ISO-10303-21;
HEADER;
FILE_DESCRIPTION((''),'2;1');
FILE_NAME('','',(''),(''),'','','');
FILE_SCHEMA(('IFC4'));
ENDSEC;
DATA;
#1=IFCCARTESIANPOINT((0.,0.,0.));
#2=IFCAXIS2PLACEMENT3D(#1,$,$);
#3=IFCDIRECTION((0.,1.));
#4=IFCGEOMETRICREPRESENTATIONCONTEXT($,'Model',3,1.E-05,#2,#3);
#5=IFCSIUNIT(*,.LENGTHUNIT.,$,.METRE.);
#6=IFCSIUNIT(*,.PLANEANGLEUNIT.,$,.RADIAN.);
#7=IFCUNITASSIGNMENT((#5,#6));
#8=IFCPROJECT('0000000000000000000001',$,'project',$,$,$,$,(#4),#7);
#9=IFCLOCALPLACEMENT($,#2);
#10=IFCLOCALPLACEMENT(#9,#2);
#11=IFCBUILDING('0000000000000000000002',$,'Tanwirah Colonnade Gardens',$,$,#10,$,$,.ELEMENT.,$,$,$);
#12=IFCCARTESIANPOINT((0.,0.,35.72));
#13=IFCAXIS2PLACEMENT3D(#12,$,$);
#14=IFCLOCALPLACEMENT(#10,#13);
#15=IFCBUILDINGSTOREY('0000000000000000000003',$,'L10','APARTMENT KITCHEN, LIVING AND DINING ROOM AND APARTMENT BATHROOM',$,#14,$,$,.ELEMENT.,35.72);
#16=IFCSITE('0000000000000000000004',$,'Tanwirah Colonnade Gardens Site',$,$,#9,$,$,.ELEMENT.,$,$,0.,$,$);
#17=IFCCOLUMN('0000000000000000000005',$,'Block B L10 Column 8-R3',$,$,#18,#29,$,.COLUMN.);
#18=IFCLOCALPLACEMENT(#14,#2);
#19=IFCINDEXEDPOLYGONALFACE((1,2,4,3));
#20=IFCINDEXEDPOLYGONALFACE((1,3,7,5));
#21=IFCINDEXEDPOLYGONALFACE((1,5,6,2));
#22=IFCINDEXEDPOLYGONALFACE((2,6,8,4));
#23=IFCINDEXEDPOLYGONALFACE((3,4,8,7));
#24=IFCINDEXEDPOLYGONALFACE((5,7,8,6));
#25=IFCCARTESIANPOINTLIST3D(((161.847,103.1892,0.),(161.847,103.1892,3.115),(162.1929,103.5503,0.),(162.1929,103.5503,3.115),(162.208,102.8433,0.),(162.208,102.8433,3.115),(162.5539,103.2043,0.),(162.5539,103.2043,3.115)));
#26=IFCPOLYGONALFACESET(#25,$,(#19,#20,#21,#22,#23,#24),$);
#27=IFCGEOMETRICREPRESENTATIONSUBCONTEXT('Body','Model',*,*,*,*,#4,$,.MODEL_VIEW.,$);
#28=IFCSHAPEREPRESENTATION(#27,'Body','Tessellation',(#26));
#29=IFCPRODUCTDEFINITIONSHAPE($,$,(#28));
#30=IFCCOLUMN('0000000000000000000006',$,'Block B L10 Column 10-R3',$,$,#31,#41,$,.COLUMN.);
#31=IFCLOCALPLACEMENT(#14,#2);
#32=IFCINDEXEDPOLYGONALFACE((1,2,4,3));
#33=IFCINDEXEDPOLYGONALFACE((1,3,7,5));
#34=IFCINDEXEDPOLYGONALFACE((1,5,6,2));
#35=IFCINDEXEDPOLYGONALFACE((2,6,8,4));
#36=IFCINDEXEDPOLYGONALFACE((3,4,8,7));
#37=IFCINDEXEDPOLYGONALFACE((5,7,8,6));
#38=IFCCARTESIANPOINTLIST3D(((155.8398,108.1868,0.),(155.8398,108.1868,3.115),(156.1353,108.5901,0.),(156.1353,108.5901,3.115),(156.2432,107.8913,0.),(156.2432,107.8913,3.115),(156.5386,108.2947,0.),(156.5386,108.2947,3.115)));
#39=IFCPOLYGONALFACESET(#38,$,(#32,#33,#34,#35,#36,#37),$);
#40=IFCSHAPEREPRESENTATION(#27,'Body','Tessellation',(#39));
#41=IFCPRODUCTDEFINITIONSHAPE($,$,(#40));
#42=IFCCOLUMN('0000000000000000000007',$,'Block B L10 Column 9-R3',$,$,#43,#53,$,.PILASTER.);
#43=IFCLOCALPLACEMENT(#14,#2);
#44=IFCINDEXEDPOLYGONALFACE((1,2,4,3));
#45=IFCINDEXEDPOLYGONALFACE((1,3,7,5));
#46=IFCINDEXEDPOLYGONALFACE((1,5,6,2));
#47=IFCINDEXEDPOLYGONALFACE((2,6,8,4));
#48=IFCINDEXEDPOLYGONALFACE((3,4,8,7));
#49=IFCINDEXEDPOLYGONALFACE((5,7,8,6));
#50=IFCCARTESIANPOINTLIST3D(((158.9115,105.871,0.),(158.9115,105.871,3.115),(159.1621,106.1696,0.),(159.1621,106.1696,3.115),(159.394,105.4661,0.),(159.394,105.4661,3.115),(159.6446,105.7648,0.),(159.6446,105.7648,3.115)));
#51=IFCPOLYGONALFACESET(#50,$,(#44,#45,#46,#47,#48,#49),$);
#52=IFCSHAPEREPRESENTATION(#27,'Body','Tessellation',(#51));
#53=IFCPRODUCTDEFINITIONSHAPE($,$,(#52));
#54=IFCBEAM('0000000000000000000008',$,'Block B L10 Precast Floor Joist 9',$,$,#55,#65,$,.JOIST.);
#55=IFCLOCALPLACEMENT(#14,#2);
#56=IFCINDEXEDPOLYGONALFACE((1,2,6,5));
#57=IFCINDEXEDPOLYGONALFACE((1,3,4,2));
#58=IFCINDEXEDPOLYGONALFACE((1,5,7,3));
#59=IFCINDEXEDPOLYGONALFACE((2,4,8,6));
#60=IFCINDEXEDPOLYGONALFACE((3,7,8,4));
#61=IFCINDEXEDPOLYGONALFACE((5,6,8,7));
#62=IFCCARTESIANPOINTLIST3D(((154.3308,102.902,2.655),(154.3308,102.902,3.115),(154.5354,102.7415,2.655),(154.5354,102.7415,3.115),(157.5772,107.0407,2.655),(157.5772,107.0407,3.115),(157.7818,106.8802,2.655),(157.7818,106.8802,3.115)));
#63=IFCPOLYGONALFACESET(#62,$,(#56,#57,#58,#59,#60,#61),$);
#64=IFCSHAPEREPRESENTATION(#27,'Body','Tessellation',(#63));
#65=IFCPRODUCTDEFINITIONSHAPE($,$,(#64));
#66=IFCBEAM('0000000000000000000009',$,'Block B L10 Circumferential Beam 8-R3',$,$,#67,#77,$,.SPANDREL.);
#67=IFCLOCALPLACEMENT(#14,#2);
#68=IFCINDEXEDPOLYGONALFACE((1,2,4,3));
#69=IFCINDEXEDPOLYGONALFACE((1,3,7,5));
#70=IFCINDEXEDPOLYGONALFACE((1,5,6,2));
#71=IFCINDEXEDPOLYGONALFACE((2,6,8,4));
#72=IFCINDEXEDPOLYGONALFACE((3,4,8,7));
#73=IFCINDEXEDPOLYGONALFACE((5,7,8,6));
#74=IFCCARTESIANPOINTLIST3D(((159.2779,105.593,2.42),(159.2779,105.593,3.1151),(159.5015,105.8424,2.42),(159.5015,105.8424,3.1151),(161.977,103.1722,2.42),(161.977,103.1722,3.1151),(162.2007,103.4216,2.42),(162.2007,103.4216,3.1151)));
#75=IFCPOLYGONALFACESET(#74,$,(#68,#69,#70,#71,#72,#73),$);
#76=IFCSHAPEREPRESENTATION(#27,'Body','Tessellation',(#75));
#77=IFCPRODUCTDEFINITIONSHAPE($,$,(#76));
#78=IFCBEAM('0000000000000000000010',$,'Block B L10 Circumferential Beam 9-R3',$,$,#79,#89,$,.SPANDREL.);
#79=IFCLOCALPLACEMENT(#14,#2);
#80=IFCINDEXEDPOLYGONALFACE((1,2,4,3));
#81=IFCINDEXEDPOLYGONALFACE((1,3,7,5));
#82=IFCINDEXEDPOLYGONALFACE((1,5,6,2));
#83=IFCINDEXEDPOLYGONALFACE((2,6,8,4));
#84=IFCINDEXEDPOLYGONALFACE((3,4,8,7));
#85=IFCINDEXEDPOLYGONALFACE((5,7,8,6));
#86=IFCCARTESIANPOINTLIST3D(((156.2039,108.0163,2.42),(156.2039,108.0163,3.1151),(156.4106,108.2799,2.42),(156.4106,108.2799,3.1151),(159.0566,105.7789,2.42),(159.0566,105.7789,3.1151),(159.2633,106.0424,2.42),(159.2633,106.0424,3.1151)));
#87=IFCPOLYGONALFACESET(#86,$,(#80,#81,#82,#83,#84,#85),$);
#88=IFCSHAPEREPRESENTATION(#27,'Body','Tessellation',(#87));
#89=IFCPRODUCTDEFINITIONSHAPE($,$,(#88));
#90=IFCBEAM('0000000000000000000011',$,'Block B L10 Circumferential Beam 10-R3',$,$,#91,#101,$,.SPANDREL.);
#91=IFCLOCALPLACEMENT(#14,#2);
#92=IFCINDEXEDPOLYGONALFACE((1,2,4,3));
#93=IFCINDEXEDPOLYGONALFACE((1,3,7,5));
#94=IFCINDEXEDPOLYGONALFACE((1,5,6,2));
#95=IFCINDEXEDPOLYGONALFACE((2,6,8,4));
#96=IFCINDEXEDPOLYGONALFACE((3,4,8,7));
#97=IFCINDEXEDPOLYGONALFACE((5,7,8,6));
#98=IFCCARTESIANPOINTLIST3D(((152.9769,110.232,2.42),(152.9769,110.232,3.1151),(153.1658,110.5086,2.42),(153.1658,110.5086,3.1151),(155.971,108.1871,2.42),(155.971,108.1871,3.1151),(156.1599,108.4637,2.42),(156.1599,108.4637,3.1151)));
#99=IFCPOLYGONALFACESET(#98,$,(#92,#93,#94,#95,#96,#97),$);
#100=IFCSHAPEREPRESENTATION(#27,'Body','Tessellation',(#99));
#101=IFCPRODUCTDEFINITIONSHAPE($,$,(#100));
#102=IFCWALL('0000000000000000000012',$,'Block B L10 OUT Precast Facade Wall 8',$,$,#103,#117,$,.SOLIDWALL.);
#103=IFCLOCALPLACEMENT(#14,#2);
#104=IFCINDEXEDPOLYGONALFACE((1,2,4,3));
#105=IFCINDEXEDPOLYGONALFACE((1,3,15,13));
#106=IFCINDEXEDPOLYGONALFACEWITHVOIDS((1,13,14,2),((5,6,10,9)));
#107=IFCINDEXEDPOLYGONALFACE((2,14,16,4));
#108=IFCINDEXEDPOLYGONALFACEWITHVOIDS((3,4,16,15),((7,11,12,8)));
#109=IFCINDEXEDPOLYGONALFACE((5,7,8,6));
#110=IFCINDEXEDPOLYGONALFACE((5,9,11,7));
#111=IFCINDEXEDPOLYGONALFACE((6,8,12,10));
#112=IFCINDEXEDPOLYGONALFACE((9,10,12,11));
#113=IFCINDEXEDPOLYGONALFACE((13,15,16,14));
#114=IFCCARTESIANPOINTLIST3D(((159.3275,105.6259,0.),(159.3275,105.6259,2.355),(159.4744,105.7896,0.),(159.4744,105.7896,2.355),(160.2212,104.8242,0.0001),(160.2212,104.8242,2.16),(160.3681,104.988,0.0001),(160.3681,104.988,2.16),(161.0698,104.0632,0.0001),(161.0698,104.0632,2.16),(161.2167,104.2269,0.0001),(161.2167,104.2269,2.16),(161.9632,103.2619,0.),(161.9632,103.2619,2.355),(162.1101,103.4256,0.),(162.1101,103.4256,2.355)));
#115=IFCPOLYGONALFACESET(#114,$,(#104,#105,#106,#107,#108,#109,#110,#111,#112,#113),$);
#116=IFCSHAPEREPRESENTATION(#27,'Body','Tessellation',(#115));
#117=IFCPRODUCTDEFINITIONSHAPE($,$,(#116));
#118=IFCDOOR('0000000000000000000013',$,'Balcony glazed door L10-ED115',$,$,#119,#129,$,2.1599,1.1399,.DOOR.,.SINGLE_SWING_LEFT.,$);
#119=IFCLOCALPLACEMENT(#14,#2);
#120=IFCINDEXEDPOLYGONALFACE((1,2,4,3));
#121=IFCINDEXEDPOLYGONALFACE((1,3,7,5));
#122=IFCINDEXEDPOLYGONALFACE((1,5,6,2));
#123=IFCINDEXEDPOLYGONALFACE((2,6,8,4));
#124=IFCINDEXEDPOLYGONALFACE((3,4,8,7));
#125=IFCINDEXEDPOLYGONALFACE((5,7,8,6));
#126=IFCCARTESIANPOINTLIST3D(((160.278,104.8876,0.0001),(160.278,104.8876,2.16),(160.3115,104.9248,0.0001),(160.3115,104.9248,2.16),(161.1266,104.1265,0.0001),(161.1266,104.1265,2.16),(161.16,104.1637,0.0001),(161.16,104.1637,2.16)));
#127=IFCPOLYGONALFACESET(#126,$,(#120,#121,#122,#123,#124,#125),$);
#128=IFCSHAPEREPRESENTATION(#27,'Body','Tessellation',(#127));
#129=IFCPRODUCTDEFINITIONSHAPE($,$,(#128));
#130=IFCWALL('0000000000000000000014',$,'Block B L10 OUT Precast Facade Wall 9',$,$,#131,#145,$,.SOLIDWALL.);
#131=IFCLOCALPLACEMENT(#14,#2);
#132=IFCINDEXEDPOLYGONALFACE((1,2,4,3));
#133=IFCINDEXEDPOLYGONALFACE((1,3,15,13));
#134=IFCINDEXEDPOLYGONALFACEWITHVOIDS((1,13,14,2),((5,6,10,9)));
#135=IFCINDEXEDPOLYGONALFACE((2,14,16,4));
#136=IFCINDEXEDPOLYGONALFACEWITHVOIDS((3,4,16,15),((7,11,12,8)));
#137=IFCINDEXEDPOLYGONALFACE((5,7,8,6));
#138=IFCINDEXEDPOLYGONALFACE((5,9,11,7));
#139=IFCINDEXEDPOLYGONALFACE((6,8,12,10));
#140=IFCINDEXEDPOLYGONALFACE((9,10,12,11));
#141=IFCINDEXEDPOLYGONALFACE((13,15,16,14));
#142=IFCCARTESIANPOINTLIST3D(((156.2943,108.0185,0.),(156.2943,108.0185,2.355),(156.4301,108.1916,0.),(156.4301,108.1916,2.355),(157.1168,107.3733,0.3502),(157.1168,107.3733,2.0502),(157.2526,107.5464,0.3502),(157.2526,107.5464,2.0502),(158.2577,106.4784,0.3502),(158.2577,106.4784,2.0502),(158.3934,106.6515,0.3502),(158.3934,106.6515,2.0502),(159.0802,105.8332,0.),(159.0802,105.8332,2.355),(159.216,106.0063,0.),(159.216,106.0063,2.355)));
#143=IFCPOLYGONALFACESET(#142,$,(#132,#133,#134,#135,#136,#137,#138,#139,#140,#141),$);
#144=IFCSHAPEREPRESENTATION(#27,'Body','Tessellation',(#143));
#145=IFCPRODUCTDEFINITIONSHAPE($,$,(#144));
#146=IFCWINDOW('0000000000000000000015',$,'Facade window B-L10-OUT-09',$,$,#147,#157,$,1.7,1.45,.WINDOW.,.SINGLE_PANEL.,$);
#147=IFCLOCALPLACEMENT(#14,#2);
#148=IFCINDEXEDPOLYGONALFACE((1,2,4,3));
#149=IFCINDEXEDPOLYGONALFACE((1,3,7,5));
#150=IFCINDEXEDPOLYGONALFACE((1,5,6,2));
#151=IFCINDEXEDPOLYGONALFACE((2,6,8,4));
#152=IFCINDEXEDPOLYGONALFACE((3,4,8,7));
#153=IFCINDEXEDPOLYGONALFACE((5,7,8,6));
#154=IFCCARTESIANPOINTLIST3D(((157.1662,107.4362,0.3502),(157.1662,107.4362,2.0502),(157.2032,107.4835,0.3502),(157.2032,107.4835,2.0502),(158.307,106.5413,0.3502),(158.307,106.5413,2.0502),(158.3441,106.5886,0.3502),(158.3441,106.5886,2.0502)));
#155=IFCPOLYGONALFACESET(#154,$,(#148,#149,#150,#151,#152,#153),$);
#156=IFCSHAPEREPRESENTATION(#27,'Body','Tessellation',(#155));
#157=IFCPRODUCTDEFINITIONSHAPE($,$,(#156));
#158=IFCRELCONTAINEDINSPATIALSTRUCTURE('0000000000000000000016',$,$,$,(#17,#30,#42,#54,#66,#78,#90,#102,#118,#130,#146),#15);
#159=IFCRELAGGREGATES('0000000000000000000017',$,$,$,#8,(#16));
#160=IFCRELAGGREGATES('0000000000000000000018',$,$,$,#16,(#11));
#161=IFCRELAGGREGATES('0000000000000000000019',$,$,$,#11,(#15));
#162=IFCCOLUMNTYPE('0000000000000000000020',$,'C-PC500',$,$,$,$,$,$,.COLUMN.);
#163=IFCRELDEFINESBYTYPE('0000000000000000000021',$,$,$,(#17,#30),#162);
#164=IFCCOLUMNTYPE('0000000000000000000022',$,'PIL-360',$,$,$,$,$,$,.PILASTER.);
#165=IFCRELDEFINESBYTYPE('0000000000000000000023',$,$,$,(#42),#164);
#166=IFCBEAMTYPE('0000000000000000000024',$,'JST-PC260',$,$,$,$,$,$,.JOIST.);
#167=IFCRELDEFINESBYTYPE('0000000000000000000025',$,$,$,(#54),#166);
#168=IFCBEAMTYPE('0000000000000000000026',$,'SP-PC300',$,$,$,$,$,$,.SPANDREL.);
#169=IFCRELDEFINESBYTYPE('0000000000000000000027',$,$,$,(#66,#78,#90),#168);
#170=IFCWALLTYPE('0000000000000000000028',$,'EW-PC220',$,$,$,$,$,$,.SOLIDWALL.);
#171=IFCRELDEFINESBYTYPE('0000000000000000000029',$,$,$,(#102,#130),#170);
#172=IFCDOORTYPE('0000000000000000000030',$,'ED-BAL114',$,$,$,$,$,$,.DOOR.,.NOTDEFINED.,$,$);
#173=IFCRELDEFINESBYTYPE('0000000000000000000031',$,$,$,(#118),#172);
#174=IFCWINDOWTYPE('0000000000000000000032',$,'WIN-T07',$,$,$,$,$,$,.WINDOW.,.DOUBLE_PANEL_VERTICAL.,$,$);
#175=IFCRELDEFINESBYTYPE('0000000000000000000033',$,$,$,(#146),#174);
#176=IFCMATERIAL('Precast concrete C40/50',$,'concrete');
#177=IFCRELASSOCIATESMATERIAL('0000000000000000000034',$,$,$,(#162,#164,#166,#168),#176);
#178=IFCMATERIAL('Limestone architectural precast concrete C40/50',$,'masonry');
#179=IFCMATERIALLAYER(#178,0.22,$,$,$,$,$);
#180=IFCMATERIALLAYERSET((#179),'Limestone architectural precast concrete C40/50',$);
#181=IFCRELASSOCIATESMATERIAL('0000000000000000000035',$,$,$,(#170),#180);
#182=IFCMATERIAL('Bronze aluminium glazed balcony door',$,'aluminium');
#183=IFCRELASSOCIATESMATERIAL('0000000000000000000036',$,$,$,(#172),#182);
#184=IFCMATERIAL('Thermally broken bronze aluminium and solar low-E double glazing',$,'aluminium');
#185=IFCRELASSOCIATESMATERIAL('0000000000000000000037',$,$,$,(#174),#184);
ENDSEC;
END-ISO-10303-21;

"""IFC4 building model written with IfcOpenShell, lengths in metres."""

from ifc_helpers import new_model, si_unit, direction, frame, frame_2d, origin, origin_2d, place, context, subcontext, project, spatial, rectangle, extrude, material, layer, layer_set, material_profile, profile_set, type_object, element, fill, save


model = new_model("IFC4")

# Units and contexts
model_context = context("Model", 3, precision=1e-05, world=origin(), true_north=direction((0.0, 1.0)))
body_context = subcontext(model_context, "Body", "Model", "MODEL_VIEW")
ifc_project = project(units=[si_unit("LENGTHUNIT", "METRE"), si_unit("PLANEANGLEUNIT", "RADIAN")], contexts=[model_context])

# Site, building, storey
site_placement = place(None, origin())
site = spatial("IfcSite", under=ifc_project, at=site_placement, Name="Tanwirah Colonnade Gardens Site", CompositionType="ELEMENT", RefElevation=0.0)
building_placement = place(site_placement, origin())
building = spatial("IfcBuilding", under=site, at=building_placement, Name="Tanwirah Colonnade Gardens", CompositionType="ELEMENT")
storey_placement = place(building_placement, frame((0.0, 0.0, 35.72)))
storey = spatial("IfcBuildingStorey", under=building, at=storey_placement, Name="L10", Description="APARTMENT KITCHEN, LIVING AND DINING ROOM AND APARTMENT BATHROOM", CompositionType="ELEMENT", Elevation=35.72)

# Columns
ifc_material_1 = material(Name="Precast concrete C40/50", Category="concrete")
ifc_material_profile_1 = material_profile(ifc_material_1, rectangle(XDim=0.5, YDim=0.5, at=origin_2d()), Name="PC-COL 500x500")
ifc_profile_set_1 = profile_set([ifc_material_profile_1], Name="Precast concrete C40/50")
column_type_1 = type_object("IfcColumnType", Name="C-PC500", PredefinedType="COLUMN", material=ifc_profile_set_1)
for number, where, z_axis, x_axis, name in (
    (1, (162.2004, 103.1968, 0.0), (0.0, 0.0, 1.0), (0.691863, 0.722029, 0.0), "Block B L10 Column 8-R3"),
    (2, (156.1892, 108.2407, 0.0), (0.0, 0.0, 1.0), (0.590919, 0.806731, 0.0), "Block B L10 Column 10-R3"),
):
    element("IfcColumn", number, at=place(storey_placement, frame(where, z_axis=z_axis, x_axis=x_axis)), inside=storey, type_object=column_type_1, Name=name, PredefinedType="COLUMN", context=body_context, shape_type="SweptSolid", body=[
        extrude(rectangle(XDim=0.5, YDim=0.5, at=origin_2d()), origin(), (0.0, 0.0, 1.0), 3.115),
    ])
ifc_material_profile_2 = material_profile(ifc_material_1, rectangle(XDim=0.3899, YDim=0.6299, at=origin_2d()), Name="PC-PIL 390x630")
ifc_profile_set_2 = profile_set([ifc_material_profile_2], Name="Precast concrete C40/50")
column_type_2 = type_object("IfcColumnType", Name="PIL-360", PredefinedType="PILASTER", material=ifc_profile_set_2)
column_placement = place(storey_placement, frame((159.2781, 105.8179, 0.0), z_axis=(0.0, 0.0, 1.0), x_axis=(0.642788, 0.766044, 0.0)))
element("IfcColumn", 3, at=column_placement, inside=storey, type_object=column_type_2, Name="Block B L10 Column 9-R3", PredefinedType="PILASTER", context=body_context, shape_type="SweptSolid", body=[
    extrude(rectangle(XDim=0.3899, YDim=0.6299, at=origin_2d()), origin(), (0.0, 0.0, 1.0), 3.115),
])

# Beams
ifc_material_profile_3 = material_profile(ifc_material_1, rectangle(XDim=0.26, YDim=0.46, at=origin_2d()), Name="PC-JST 260x460")
ifc_profile_set_3 = profile_set([ifc_material_profile_3], Name="Precast concrete C40/50")
beam_type_1 = type_object("IfcBeamType", Name="JST-PC260", PredefinedType="JOIST", material=ifc_profile_set_3)
beam_1_placement = place(storey_placement, frame((154.4331, 102.8218, 2.885), z_axis=(0.617178, 0.786824, 0.0), x_axis=(-0.786824, 0.617178, 0.0)))
element("IfcBeam", 4, at=beam_1_placement, inside=storey, type_object=beam_type_1, Name="Block B L10 Precast Floor Joist 9", PredefinedType="JOIST", context=body_context, shape_type="SweptSolid", body=[
    extrude(rectangle(XDim=0.26, YDim=0.46, at=origin_2d()), origin(), (0.0, 0.0, 1.0), 5.26),
])
ifc_material_profile_4 = material_profile(ifc_material_1, rectangle(XDim=0.335, YDim=0.6951, at=origin_2d()), Name="PC-SP 335x695")
ifc_profile_set_4 = profile_set([ifc_material_profile_4], Name="Precast concrete C40/50")
beam_type_2 = type_object("IfcBeamType", Name="SP-PC300", PredefinedType="SPANDREL", material=ifc_profile_set_4)
beam_2_placement = place(storey_placement, frame((162.0889, 103.2969, 2.7676), z_axis=(-0.744445, 0.667684, 0.0), x_axis=(-0.667684, -0.744445, 0.0)))
element("IfcBeam", 5, at=beam_2_placement, inside=storey, type_object=beam_type_2, Name="Block B L10 Circumferential Beam 8-R3", PredefinedType="SPANDREL", context=body_context, shape_type="SweptSolid", body=[
    extrude(rectangle(XDim=0.335, YDim=0.6951, at=origin_2d()), origin(), (0.0, 0.0, 1.0), 3.6257),
])
beam_3_placement = place(storey_placement, frame((159.1599, 105.9106, 2.7676), z_axis=(-0.786844, 0.617152, 0.0), x_axis=(-0.617152, -0.786844, 0.0)))
element("IfcBeam", 6, at=beam_3_placement, inside=storey, type_object=beam_type_2, Name="Block B L10 Circumferential Beam 9-R3", PredefinedType="SPANDREL", context=body_context, shape_type="SweptSolid", body=[
    extrude(rectangle(XDim=0.335, YDim=0.6951, at=origin_2d()), origin(), (0.0, 0.0, 1.0), 3.6255),
])
beam_4_placement = place(storey_placement, frame((156.0654, 108.3254, 2.7676), z_axis=(-0.825783, 0.563989, 0.0), x_axis=(-0.563989, -0.825783, 0.0)))
element("IfcBeam", 7, at=beam_4_placement, inside=storey, type_object=beam_type_2, Name="Block B L10 Circumferential Beam 10-R3", PredefinedType="SPANDREL", context=body_context, shape_type="SweptSolid", body=[
    extrude(rectangle(XDim=0.335, YDim=0.6951, at=origin_2d()), origin(), (0.0, 0.0, 1.0), 3.6257),
])

# Wall, opening, door
ifc_material_2 = material(Name="Limestone architectural precast concrete C40/50", Category="masonry")
ifc_layer_1 = layer(ifc_material_2, 0.22)
ifc_layer_set_1 = layer_set([ifc_layer_1], Name="Limestone architectural precast concrete C40/50")
wall_type = type_object("IfcWallType", Name="EW-PC220", PredefinedType="SOLIDWALL", material=ifc_layer_set_1)
wall_1_placement = place(storey_placement, frame((162.0366, 103.3438, 0.0), z_axis=(0.0, 0.0, 1.0), x_axis=(-0.744438, 0.667691, 0.0)))
wall_1 = element("IfcWall", 8, at=wall_1_placement, inside=storey, type_object=wall_type, Name="Block B L10 OUT Precast Facade Wall 8", PredefinedType="SOLIDWALL", context=body_context, shape_type="SweptSolid", body=[
    extrude(rectangle(XDim=3.5405, YDim=0.22, at=frame_2d((1.7703, 0.0))), origin(), (0.0, 0.0, 1.0), 2.355),
])
opening_1_placement = place(wall_1_placement, frame((1.2002, 0.0, 0.0)))
opening_1 = element("IfcOpeningElement", 9, at=opening_1_placement, cuts=wall_1, PredefinedType="OPENING", context=body_context, shape_type="SweptSolid", body=[
    extrude(rectangle(XDim=1.1399, YDim=2.1599, at=frame_2d((0.5698, 1.0801))), frame((0.0, 0.1199, 0.0), z_axis=(0.0, -1.0, 0.0), x_axis=(1.0, 0.0, 0.0)), (0.0, 0.0, 1.0), 0.24),
])
ifc_material_3 = material(Name="Bronze aluminium glazed balcony door", Category="aluminium")
door_type = type_object("IfcDoorType", Name="ED-BAL114", OperationType="NOTDEFINED", PredefinedType="DOOR", material=ifc_material_3)
door_placement = place(opening_1_placement, origin())
door = element("IfcDoor", 10, at=door_placement, inside=storey, type_object=door_type, Name="Balcony glazed door L10-ED115", OperationType="SINGLE_SWING_LEFT", OverallHeight=2.1599, OverallWidth=1.1399, PredefinedType="DOOR", context=body_context, shape_type="SweptSolid", body=[
    extrude(rectangle(XDim=1.1399, YDim=2.1599, at=frame_2d((0.5698, 1.0801))), frame((0.0, 0.0249, 0.0), z_axis=(0.0, -1.0, 0.0), x_axis=(1.0, 0.0, 0.0)), (0.0, 0.0, 1.0), 0.05),
])
fill(opening_1, door)

# Wall, opening, window
wall_2_placement = place(storey_placement, frame((159.1482, 105.9197, 0.0), z_axis=(0.0, 0.0, 1.0), x_axis=(-0.786813, 0.617191, 0.0)))
wall_2 = element("IfcWall", 11, at=wall_2_placement, inside=storey, type_object=wall_type, Name="Block B L10 OUT Precast Facade Wall 9", PredefinedType="SOLIDWALL", context=body_context, shape_type="SweptSolid", body=[
    extrude(rectangle(XDim=3.5408, YDim=0.22, at=frame_2d((1.7705, 0.0))), origin(), (0.0, 0.0, 1.0), 2.355),
])
opening_2_placement = place(wall_2_placement, frame((1.0454, 0.0, 0.3501)))
opening_2 = element("IfcOpeningElement", 12, at=opening_2_placement, cuts=wall_2, PredefinedType="OPENING", context=body_context, shape_type="SweptSolid", body=[
    extrude(rectangle(XDim=1.45, YDim=1.7, at=frame_2d((0.7251, 0.8501))), frame((0.0, 0.1199, 0.0), z_axis=(0.0, -1.0, 0.0), x_axis=(1.0, 0.0, 0.0)), (0.0, 0.0, 1.0), 0.24),
])
ifc_material_4 = material(Name="Thermally broken bronze aluminium and solar low-E double glazing", Category="aluminium")
window_type_1 = type_object("IfcWindowType", Name="WIN-T07", PartitioningType="DOUBLE_PANEL_VERTICAL", PredefinedType="WINDOW", material=ifc_material_4)
window_1_placement = place(opening_2_placement, origin())
window_1 = element("IfcWindow", 13, at=window_1_placement, inside=storey, type_object=window_type_1, Name="Facade window B-L10-OUT-09", OverallHeight=1.7, OverallWidth=1.45, PartitioningType="SINGLE_PANEL", PredefinedType="WINDOW", context=body_context, shape_type="SweptSolid", body=[
    extrude(rectangle(XDim=1.45, YDim=1.7, at=frame_2d((0.7251, 0.8501))), frame((0.0, 0.03, 0.0), z_axis=(0.0, -1.0, 0.0), x_axis=(1.0, 0.0, 0.0)), (0.0, 0.0, 1.0), 0.0601),
])
fill(opening_2, window_1)

save(model, "model.ifc")
